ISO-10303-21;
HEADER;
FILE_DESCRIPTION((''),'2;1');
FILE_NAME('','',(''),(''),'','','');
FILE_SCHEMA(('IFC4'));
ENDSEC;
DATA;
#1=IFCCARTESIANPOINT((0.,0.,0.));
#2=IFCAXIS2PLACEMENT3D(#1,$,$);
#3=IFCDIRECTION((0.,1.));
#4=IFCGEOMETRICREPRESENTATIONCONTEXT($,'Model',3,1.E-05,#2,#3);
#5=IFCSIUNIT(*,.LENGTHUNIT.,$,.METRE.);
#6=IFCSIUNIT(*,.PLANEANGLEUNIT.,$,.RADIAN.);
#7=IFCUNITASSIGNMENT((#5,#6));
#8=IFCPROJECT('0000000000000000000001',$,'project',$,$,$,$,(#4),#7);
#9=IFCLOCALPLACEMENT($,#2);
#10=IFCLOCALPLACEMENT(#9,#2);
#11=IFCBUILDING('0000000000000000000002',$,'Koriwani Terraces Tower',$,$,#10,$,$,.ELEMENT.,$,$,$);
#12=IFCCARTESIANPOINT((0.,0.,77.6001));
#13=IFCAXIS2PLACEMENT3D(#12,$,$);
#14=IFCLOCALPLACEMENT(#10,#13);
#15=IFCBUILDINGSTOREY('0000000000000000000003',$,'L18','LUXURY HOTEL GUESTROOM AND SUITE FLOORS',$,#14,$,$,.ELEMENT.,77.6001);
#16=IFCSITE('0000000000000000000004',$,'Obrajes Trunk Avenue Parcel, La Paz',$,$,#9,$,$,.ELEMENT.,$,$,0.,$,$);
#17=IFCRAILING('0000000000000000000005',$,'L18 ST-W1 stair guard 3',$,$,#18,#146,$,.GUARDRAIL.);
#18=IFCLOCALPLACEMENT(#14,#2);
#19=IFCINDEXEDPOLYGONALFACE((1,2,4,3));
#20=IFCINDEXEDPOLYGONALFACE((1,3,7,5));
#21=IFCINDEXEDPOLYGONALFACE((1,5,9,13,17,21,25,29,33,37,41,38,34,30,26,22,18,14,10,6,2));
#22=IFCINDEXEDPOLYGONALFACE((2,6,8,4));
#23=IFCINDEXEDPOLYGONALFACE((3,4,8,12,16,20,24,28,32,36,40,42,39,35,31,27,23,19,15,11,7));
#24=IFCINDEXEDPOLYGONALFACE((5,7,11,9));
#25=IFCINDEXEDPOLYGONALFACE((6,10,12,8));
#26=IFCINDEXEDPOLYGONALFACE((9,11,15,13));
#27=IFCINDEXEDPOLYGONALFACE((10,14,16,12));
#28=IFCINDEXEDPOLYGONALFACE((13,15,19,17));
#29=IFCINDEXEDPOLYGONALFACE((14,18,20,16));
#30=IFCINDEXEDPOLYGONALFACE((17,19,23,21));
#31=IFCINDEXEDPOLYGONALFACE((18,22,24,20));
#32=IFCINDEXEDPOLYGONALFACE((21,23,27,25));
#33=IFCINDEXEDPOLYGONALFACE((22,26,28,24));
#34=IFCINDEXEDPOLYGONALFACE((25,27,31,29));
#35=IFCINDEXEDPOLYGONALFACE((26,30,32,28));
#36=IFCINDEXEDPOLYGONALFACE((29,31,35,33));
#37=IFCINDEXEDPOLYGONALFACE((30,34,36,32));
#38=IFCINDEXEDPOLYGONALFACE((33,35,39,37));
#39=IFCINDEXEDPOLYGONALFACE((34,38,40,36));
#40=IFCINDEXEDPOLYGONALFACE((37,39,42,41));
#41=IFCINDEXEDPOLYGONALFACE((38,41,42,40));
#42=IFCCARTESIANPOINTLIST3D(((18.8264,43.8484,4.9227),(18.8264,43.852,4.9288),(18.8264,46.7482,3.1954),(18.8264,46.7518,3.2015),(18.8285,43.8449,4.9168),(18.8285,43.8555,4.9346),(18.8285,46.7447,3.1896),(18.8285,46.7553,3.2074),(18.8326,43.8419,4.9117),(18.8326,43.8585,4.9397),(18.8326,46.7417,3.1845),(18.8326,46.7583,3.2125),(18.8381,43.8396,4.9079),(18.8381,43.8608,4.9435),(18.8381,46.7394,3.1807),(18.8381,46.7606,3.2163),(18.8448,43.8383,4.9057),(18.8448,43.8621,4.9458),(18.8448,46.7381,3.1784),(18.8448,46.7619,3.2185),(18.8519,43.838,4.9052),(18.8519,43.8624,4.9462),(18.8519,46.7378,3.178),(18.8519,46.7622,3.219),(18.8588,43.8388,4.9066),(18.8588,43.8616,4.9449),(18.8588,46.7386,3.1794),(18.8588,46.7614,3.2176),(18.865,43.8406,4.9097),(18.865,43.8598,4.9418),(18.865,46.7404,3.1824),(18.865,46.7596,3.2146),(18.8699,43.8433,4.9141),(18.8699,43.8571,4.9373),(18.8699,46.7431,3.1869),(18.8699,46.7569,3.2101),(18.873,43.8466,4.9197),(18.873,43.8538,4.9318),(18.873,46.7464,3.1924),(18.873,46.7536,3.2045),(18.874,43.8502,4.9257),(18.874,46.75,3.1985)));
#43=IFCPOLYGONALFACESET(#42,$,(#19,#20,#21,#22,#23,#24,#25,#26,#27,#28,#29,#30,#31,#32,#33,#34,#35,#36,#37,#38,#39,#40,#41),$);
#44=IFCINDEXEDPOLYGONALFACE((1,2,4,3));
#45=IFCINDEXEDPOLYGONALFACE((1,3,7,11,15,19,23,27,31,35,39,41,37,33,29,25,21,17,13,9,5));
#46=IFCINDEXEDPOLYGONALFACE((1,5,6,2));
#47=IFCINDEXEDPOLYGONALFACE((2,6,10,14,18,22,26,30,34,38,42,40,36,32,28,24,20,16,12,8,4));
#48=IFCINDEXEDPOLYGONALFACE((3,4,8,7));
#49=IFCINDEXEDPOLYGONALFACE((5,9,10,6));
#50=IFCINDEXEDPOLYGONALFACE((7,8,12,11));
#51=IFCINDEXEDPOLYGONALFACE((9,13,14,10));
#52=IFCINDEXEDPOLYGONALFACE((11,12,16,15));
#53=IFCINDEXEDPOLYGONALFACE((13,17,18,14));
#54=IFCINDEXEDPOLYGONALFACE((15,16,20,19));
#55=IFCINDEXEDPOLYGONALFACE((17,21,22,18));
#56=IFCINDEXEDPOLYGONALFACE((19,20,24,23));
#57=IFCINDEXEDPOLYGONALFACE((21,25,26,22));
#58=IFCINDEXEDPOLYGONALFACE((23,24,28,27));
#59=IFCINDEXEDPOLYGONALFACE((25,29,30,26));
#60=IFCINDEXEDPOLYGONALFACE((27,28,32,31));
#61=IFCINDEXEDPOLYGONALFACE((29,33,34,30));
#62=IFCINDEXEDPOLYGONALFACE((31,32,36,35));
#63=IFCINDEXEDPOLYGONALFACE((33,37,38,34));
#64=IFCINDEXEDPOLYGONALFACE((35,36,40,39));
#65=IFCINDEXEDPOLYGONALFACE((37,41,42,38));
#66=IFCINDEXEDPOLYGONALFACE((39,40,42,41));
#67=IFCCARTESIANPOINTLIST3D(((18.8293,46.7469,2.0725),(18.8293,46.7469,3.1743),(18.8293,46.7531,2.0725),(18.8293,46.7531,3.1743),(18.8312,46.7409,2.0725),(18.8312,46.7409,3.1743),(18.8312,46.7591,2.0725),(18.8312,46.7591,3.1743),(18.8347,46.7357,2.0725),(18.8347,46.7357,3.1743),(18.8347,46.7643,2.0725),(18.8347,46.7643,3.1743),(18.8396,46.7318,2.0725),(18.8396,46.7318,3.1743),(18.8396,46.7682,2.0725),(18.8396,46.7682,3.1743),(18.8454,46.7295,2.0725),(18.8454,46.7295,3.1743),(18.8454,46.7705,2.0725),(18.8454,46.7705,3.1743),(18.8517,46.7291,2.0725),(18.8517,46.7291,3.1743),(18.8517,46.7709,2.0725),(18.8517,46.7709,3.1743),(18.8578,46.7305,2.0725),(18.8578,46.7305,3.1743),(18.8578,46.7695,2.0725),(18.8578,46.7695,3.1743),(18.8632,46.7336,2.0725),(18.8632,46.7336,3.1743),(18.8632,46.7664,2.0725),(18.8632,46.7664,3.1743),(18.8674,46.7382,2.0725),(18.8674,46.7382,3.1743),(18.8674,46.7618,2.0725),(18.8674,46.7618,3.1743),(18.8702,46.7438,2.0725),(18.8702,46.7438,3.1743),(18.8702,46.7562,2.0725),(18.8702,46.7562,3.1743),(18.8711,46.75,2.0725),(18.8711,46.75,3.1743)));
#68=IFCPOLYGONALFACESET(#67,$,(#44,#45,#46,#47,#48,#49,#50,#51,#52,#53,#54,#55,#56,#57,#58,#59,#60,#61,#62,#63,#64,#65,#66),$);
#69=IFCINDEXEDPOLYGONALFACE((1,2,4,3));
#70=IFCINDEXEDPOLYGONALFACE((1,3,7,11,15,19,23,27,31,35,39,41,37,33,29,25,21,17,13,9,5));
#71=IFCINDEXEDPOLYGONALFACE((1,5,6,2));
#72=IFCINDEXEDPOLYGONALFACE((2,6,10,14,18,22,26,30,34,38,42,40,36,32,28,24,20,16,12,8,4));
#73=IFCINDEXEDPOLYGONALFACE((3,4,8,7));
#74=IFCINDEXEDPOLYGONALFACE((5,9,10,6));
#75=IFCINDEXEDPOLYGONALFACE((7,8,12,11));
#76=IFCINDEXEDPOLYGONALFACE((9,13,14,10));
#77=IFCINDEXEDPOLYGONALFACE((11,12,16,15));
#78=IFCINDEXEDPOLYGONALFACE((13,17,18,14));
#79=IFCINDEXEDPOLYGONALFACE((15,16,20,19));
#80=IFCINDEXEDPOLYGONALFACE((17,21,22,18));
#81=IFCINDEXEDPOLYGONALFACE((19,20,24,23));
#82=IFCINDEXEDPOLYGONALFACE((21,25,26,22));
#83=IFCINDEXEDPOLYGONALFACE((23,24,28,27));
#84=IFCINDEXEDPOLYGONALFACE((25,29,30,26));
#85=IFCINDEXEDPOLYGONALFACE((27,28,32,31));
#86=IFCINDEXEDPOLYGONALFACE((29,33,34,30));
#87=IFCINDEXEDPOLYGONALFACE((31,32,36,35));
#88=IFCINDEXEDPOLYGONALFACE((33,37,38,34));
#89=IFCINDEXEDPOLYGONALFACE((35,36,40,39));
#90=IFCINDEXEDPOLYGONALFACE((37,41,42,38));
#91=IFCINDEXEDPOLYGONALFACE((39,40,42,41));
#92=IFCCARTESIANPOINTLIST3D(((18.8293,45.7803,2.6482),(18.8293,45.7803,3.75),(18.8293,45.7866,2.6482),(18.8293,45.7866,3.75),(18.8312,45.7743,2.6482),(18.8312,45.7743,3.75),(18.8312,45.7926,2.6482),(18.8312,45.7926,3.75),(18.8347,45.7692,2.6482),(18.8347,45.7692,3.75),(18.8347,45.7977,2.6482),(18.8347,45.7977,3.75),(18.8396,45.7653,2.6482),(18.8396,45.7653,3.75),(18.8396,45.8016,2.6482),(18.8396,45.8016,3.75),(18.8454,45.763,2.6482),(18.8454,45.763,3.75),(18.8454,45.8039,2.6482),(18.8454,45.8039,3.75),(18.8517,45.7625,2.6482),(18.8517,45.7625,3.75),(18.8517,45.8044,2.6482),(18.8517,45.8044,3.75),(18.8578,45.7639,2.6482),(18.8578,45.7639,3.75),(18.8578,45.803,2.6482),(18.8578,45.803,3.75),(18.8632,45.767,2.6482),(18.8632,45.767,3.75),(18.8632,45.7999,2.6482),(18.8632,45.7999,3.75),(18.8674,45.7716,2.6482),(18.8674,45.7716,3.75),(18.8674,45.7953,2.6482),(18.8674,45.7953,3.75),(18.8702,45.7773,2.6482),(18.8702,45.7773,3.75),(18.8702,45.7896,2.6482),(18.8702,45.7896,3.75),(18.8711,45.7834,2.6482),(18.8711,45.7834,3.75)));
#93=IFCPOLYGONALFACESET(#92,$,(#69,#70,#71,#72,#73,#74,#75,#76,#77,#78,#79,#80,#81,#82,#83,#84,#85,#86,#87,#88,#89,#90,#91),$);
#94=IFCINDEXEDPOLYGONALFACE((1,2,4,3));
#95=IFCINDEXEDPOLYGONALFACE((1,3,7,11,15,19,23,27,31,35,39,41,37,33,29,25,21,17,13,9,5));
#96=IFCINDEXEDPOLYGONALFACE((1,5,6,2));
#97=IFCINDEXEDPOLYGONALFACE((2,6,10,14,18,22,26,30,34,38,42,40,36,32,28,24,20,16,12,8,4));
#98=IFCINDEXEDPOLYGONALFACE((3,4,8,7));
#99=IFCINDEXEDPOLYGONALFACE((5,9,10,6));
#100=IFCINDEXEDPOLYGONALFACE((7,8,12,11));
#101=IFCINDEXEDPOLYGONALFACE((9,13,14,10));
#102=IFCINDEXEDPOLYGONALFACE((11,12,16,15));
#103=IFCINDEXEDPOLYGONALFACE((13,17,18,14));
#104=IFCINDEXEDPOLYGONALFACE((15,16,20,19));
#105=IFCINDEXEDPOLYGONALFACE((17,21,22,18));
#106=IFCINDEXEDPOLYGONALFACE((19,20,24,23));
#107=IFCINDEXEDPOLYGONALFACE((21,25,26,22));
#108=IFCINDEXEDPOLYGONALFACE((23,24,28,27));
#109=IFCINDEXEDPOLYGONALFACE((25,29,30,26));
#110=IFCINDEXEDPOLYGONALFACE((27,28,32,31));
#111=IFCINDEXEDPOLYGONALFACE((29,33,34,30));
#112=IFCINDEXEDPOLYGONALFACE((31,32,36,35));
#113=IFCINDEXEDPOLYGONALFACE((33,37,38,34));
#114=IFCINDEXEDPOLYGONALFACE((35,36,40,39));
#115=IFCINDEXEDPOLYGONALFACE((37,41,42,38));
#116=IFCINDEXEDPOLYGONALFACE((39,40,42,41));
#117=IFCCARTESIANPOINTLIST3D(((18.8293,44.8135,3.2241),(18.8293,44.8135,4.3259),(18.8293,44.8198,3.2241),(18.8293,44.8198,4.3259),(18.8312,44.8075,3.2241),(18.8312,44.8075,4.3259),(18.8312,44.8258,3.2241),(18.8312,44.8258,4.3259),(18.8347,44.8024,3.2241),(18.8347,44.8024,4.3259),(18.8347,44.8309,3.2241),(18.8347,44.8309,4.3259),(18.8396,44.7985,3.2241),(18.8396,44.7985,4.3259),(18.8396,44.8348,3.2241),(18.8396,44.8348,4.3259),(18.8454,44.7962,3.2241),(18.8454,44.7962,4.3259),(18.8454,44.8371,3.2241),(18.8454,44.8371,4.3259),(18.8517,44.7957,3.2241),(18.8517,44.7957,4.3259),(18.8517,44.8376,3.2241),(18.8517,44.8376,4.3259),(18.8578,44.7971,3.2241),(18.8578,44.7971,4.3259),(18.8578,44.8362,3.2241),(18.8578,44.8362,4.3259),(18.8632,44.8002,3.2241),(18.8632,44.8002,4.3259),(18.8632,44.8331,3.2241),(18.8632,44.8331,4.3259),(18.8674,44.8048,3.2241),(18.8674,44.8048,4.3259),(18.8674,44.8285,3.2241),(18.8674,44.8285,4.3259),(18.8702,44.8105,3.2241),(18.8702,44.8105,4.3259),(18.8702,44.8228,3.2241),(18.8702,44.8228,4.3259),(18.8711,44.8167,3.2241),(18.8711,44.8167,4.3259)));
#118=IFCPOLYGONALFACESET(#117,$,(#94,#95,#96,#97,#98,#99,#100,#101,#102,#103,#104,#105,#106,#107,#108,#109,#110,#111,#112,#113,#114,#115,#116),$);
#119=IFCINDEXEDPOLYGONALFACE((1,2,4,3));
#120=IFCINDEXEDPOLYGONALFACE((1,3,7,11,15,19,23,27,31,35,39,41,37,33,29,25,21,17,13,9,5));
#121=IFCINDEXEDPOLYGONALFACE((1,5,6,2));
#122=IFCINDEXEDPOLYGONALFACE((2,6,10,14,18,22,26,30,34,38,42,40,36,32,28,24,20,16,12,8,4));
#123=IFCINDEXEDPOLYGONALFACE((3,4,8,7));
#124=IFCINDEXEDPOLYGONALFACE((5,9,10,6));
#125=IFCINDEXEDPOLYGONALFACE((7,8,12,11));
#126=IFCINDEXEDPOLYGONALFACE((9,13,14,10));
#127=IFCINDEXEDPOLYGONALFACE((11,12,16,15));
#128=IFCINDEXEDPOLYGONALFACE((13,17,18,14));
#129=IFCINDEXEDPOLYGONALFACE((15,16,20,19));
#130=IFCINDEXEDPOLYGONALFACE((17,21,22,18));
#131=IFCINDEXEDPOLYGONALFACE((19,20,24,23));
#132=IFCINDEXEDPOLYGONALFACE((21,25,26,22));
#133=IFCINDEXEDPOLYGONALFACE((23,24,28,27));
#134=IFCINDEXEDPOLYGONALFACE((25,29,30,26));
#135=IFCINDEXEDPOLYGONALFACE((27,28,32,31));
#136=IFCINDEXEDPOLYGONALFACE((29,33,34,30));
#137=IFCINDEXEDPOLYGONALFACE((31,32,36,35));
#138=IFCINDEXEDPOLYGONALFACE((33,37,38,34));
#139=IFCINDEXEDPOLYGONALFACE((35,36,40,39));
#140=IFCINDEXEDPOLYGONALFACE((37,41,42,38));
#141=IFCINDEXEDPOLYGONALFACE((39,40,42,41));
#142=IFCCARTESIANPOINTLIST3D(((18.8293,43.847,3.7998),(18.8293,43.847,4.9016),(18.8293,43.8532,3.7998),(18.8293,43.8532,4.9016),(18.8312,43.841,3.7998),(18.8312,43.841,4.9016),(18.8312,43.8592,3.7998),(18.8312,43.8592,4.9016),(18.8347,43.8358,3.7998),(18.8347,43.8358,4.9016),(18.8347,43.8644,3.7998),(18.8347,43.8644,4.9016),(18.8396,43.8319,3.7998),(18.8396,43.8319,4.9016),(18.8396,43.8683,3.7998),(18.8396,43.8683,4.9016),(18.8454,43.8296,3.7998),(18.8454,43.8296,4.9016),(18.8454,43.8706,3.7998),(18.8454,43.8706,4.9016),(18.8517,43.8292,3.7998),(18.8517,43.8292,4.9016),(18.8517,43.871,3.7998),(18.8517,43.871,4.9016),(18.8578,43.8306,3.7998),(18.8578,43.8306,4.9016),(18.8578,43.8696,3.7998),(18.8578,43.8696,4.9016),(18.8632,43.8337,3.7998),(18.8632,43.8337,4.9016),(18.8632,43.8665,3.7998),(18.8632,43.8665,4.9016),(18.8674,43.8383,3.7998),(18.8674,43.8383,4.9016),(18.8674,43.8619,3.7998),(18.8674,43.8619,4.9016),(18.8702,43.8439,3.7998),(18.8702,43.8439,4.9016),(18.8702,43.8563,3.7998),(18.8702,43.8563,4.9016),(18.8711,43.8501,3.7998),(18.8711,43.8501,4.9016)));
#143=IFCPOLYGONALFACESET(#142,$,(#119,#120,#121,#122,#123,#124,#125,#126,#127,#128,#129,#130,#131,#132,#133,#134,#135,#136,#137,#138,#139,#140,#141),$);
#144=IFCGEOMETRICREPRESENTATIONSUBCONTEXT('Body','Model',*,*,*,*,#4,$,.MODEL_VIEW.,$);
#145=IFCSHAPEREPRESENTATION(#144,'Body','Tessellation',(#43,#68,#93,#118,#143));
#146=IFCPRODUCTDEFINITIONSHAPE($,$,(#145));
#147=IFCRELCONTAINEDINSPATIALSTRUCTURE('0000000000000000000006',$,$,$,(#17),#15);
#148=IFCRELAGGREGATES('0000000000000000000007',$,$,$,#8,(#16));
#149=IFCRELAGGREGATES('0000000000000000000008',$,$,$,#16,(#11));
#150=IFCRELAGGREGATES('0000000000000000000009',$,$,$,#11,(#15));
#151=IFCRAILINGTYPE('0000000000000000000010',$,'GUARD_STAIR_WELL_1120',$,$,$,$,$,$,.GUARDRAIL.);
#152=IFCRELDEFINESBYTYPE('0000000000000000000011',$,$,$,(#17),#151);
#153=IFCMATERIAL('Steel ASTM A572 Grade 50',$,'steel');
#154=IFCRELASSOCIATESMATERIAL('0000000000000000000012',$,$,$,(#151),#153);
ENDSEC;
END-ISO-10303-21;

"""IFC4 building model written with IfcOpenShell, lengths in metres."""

from ifc_helpers import new_model, si_unit, direction, frame, origin, origin_2d, place, context, subcontext, project, spatial, circle, extrude, material, type_object, element, save


model = new_model("IFC4")

# Units and contexts
model_context = context("Model", 3, precision=1e-05, world=origin(), true_north=direction((0.0, 1.0)))
body_context = subcontext(model_context, "Body", "Model", "MODEL_VIEW")
ifc_project = project(units=[si_unit("LENGTHUNIT", "METRE"), si_unit("PLANEANGLEUNIT", "RADIAN")], contexts=[model_context])

# Site, building, storey
site_placement = place(None, origin())
site = spatial("IfcSite", under=ifc_project, at=site_placement, Name="Obrajes Trunk Avenue Parcel, La Paz", CompositionType="ELEMENT", RefElevation=0.0)
building_placement = place(site_placement, origin())
building = spatial("IfcBuilding", under=site, at=building_placement, Name="Koriwani Terraces Tower", CompositionType="ELEMENT")
storey_placement = place(building_placement, frame((0.0, 0.0, 77.6001)))
storey = spatial("IfcBuildingStorey", under=building, at=storey_placement, Name="L18", Description="LUXURY HOTEL GUESTROOM AND SUITE FLOORS", CompositionType="ELEMENT", Elevation=77.6001)

# Shared definitions
ifc_material_1 = material(Name="Steel ASTM A572 Grade 50", Category="steel")

# Railing
railing_type = type_object("IfcRailingType", Name="GUARD_STAIR_WELL_1120", PredefinedType="GUARDRAIL", material=ifc_material_1)
railing_1_placement = place(storey_placement, frame((18.8501, 46.75, 2.0725)))
element("IfcRailing", 1, at=railing_1_placement, inside=storey, type_object=railing_type, Name="L18 ST-W1 stair guard 3", PredefinedType="GUARDRAIL", context=body_context, shape_type="SweptSolid", body=[
    extrude(circle(Radius=0.0239, at=origin_2d()), frame((0.0, 0.0, 1.126), z_axis=(0.0, -0.859141, 0.511738), x_axis=(1.0, 0.0, 0.0)), (0.0, 0.0, 1.0), 3.3752),
    extrude(circle(Radius=0.021, at=origin_2d()), origin(), (0.0, 0.0, 1.0), 1.1018),
    extrude(circle(Radius=0.021, at=origin_2d()), frame((0.0, -0.9666, 0.5757)), (0.0, 0.0, 1.0), 1.1018),
    extrude(circle(Radius=0.021, at=origin_2d()), frame((0.0, -1.9333, 1.1516)), (0.0, 0.0, 1.0), 1.1018),
    extrude(circle(Radius=0.021, at=origin_2d()), frame((0.0, -2.8999, 1.7273)), (0.0, 0.0, 1.0), 1.1018),
])

save(model, "model.ifc")
